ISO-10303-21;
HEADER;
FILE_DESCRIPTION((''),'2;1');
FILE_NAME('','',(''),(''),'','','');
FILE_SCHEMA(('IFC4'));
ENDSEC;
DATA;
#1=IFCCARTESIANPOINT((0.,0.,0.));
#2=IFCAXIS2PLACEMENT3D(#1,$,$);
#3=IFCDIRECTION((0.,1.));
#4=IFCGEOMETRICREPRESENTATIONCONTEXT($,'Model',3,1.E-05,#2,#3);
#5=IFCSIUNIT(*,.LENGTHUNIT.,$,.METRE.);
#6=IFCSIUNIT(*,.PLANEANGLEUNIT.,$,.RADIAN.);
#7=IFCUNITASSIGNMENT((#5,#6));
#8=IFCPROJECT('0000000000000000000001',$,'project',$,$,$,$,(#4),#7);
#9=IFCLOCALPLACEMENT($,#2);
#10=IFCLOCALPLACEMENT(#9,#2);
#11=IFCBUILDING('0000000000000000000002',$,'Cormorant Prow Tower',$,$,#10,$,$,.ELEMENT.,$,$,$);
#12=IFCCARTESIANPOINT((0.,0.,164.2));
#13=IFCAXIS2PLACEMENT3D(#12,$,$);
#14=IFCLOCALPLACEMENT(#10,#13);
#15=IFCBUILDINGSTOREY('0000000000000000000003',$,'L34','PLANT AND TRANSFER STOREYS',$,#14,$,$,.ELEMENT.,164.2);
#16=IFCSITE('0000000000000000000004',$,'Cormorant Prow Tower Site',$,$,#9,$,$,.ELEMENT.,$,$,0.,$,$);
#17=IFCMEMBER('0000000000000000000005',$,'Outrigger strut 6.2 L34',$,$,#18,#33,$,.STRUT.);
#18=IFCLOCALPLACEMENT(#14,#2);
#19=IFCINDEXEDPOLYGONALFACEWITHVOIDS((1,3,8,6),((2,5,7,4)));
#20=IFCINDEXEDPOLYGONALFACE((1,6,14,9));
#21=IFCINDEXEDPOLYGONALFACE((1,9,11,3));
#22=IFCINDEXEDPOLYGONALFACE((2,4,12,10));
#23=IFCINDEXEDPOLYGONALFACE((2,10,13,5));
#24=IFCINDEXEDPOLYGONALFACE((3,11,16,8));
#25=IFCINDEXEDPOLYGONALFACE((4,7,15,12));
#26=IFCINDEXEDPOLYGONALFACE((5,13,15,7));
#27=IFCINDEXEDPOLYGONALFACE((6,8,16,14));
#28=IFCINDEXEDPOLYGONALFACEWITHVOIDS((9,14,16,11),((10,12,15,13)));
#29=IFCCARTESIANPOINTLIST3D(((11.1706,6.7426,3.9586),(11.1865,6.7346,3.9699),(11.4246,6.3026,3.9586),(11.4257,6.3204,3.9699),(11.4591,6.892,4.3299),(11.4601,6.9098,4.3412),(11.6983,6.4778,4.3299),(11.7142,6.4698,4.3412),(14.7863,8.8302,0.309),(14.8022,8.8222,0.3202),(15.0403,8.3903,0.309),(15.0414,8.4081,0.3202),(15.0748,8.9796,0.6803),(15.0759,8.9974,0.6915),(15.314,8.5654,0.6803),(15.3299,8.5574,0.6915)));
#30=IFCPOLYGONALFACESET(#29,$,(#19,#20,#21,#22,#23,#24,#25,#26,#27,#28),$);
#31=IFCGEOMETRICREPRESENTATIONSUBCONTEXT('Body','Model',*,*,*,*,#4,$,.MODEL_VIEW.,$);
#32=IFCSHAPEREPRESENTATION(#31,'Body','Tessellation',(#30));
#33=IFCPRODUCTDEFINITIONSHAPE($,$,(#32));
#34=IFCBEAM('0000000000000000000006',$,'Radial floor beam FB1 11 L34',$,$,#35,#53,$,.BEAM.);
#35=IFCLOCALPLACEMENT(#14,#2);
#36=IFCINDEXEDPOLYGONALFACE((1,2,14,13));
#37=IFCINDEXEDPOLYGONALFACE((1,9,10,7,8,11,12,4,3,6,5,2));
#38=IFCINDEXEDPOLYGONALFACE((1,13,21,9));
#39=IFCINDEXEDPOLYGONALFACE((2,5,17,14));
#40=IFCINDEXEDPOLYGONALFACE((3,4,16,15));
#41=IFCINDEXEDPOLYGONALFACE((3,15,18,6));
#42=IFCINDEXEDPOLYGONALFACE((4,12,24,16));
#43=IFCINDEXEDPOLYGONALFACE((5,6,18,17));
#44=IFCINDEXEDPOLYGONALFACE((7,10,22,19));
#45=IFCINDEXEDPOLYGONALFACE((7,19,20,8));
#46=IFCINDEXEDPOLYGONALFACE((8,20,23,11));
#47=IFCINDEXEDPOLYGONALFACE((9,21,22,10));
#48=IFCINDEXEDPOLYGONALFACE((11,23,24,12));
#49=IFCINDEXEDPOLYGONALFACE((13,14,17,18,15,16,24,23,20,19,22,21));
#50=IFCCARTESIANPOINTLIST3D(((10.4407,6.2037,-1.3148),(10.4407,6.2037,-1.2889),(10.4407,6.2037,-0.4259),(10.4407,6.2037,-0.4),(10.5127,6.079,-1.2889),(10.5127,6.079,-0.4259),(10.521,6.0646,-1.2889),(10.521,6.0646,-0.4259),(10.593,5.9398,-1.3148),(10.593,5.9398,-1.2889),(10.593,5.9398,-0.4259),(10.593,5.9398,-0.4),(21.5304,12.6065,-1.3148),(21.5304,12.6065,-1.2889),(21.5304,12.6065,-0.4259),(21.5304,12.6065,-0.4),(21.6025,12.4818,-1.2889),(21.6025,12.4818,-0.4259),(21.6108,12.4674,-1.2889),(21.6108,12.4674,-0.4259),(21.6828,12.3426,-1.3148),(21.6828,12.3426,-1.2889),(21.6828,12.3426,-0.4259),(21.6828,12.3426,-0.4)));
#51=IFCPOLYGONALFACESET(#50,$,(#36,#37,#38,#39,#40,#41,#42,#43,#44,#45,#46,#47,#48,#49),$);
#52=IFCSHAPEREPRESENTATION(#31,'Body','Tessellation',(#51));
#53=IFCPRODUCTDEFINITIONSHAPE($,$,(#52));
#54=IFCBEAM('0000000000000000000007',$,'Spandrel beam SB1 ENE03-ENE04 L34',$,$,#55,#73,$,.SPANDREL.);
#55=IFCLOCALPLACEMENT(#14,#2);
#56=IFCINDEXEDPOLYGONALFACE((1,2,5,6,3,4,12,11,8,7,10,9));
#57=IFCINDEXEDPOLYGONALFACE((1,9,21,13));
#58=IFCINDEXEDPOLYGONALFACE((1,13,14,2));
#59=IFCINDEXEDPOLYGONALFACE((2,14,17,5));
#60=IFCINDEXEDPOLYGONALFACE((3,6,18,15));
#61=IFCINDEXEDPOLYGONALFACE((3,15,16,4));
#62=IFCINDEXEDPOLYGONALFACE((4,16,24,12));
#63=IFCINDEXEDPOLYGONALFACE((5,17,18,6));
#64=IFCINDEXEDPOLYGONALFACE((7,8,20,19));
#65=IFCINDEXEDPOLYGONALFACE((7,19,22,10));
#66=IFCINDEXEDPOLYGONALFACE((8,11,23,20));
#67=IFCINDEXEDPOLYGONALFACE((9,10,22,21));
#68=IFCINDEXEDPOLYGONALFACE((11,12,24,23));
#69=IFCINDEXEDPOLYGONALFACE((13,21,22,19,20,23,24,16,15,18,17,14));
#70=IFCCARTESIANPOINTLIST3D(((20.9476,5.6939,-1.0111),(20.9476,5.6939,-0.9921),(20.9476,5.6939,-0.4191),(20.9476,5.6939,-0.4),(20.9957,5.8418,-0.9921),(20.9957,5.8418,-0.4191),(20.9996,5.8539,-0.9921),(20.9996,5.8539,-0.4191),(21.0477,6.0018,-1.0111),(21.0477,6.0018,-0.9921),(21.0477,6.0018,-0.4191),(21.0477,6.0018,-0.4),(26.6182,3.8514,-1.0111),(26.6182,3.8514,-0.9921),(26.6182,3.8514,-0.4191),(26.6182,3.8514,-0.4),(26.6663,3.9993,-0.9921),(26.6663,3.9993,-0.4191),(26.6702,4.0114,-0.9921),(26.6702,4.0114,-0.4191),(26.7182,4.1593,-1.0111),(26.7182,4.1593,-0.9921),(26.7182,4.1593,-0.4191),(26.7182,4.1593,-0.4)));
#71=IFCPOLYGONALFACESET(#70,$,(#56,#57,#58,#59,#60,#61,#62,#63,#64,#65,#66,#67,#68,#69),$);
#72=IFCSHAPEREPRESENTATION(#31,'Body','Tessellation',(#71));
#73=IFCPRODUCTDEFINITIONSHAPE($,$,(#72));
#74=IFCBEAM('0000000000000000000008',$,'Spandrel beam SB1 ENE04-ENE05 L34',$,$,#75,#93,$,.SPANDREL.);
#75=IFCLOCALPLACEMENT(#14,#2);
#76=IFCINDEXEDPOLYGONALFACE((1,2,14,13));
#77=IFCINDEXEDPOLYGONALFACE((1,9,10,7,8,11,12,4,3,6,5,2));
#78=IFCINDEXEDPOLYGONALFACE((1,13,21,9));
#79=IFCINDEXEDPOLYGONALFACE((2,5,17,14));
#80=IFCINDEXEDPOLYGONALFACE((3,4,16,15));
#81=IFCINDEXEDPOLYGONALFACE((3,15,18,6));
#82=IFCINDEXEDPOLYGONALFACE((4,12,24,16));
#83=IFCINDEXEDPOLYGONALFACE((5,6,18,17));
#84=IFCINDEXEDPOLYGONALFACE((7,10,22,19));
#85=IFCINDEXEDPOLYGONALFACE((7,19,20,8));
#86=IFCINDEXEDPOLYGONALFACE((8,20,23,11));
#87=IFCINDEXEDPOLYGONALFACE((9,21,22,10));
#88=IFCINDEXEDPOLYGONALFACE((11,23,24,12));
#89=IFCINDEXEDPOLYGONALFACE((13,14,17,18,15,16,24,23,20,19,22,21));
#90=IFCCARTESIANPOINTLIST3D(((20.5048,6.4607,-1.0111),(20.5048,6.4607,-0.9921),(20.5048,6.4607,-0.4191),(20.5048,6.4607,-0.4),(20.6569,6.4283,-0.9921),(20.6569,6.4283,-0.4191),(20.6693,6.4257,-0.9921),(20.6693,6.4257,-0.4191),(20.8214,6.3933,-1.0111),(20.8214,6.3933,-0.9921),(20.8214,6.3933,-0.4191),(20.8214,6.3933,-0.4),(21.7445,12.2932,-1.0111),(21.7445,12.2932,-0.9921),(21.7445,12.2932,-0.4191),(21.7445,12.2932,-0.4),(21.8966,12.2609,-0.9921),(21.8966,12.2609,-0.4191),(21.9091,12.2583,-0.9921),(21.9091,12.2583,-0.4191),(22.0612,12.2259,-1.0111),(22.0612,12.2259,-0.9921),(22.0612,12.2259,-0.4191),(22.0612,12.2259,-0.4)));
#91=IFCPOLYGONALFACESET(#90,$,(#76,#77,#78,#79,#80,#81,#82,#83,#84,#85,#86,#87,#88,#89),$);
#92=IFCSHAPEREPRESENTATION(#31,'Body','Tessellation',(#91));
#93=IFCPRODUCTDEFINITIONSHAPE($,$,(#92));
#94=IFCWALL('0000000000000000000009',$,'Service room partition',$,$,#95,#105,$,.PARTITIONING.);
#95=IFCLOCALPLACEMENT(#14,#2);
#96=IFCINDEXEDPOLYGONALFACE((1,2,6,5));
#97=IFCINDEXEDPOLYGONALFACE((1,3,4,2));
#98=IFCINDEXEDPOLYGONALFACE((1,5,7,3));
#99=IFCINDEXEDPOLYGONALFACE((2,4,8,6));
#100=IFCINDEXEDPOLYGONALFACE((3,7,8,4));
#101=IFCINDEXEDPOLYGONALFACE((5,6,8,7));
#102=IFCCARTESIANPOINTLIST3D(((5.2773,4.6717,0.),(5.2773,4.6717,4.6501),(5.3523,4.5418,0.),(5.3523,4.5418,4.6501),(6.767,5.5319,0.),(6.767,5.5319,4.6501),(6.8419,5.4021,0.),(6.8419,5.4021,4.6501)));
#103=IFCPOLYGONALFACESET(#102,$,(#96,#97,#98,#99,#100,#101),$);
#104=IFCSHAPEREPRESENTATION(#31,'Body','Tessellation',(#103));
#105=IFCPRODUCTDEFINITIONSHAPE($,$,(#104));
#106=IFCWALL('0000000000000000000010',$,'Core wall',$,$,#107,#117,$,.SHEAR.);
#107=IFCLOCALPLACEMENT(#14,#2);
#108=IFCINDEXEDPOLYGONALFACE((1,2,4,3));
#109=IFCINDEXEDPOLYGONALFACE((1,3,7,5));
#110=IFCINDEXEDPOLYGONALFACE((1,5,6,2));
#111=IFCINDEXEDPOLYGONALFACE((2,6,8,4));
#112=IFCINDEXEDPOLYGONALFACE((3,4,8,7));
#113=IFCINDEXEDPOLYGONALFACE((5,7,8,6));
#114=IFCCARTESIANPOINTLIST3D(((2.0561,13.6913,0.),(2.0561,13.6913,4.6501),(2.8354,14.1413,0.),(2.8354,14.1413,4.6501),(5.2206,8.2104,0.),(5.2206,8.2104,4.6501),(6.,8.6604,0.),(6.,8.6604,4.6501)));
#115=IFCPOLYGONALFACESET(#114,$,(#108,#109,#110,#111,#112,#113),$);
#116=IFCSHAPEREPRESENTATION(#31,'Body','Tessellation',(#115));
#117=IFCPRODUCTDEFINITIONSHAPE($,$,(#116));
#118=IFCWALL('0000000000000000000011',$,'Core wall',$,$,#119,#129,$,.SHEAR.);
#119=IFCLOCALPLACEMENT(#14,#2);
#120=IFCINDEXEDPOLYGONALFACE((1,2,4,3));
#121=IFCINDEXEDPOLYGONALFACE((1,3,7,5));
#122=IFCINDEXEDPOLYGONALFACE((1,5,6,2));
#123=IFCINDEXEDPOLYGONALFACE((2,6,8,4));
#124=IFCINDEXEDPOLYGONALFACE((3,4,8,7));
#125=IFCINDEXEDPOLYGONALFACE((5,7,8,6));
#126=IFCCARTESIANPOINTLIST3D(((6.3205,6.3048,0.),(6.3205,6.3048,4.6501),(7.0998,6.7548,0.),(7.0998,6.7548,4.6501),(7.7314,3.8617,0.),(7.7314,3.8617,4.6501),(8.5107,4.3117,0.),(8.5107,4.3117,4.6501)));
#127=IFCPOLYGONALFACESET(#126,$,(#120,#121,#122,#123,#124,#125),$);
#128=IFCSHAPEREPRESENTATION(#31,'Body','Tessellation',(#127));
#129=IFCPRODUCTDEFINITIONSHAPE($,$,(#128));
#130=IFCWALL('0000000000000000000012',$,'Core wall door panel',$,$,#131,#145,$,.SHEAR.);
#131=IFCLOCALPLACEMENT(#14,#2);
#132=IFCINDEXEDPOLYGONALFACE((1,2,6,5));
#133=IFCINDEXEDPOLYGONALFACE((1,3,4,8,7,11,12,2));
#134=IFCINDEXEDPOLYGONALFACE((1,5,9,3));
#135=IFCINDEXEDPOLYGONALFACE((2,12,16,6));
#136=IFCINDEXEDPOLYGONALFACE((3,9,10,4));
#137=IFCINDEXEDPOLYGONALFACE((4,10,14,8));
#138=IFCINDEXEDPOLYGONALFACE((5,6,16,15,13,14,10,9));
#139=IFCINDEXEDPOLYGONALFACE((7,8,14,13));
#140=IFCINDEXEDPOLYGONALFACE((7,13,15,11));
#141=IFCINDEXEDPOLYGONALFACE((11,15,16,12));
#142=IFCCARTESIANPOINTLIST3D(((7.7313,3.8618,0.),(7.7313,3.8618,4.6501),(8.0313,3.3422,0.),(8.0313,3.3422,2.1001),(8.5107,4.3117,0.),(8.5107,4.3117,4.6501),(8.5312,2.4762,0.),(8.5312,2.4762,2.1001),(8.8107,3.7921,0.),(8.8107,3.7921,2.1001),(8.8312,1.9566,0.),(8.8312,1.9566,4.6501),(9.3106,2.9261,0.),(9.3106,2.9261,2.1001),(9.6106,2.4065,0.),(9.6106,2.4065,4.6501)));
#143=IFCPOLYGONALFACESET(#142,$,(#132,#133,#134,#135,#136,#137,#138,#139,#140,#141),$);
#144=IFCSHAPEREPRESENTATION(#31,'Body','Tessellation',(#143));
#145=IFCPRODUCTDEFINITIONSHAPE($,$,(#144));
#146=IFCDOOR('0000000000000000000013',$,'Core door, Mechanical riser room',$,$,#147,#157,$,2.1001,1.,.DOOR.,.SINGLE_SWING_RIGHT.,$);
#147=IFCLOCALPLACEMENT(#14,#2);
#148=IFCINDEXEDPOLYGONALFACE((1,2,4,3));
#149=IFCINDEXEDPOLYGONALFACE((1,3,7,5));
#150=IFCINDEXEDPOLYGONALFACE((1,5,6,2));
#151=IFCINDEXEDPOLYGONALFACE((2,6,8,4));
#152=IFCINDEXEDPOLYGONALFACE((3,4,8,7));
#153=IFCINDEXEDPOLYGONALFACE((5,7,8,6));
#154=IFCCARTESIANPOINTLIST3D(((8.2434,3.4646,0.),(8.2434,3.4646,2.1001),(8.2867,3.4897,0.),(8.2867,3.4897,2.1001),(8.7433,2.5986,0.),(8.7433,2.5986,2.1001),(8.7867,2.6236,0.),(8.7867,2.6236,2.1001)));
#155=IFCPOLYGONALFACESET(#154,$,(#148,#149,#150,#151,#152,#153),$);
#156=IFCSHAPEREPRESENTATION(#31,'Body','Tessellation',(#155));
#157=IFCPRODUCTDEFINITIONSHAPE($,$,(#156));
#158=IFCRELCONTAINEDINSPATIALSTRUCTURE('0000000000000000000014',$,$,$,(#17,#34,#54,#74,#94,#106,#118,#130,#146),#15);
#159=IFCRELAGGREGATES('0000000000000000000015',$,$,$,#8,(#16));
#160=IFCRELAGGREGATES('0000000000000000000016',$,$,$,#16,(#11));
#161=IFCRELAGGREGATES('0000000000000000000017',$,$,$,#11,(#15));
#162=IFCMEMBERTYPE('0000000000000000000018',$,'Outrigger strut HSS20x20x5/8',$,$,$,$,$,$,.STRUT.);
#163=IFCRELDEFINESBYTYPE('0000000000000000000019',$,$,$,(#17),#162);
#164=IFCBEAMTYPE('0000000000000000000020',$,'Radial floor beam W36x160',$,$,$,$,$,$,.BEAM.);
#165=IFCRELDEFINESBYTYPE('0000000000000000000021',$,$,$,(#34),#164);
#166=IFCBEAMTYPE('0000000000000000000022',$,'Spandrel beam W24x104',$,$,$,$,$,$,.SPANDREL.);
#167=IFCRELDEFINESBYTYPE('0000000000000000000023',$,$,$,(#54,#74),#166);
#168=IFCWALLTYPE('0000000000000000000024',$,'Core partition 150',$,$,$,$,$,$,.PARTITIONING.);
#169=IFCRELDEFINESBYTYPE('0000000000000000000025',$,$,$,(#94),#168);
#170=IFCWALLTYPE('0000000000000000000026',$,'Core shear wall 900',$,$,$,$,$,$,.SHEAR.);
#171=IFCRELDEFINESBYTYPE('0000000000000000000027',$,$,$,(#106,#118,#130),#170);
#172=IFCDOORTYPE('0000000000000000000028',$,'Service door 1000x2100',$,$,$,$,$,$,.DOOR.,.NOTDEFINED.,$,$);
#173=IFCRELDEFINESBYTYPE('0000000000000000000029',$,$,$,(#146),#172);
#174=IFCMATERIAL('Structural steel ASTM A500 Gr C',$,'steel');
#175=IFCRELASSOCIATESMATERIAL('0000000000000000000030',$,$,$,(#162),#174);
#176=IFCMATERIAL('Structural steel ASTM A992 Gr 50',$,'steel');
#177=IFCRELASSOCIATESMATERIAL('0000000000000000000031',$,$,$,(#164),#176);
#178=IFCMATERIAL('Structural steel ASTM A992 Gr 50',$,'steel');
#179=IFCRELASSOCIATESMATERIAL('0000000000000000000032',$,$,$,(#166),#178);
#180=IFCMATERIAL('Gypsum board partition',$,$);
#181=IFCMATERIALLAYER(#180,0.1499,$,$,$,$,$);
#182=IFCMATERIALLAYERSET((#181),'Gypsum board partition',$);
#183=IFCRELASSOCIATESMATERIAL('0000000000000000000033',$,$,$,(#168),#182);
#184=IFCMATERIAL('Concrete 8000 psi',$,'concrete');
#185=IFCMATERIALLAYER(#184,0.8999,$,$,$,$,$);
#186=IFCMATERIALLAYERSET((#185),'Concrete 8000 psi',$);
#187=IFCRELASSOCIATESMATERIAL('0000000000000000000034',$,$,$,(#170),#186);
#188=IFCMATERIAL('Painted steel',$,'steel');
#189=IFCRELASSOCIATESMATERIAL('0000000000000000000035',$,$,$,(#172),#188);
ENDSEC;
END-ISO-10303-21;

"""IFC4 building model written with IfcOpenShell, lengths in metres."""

from ifc_helpers import new_model, si_unit, direction, frame, frame_2d, origin, origin_2d, place, context, subcontext, project, spatial, rectangle, hollow_rectangle, i_section, extrude, material, layer, layer_set, material_profile, profile_set, type_object, element, fill, save


model = new_model("IFC4")

# Units and contexts
model_context = context("Model", 3, precision=1e-05, world=origin(), true_north=direction((0.0, 1.0)))
body_context = subcontext(model_context, "Body", "Model", "MODEL_VIEW")
ifc_project = project(units=[si_unit("LENGTHUNIT", "METRE"), si_unit("PLANEANGLEUNIT", "RADIAN")], contexts=[model_context])

# Site, building, storey
site_placement = place(None, origin())
site = spatial("IfcSite", under=ifc_project, at=site_placement, Name="Cormorant Prow Tower Site", CompositionType="ELEMENT", RefElevation=0.0)
building_placement = place(site_placement, origin())
building = spatial("IfcBuilding", under=site, at=building_placement, Name="Cormorant Prow Tower", CompositionType="ELEMENT")
storey_placement = place(building_placement, frame((0.0, 0.0, 164.2)))
storey = spatial("IfcBuildingStorey", under=building, at=storey_placement, Name="L34", Description="PLANT AND TRANSFER STOREYS", CompositionType="ELEMENT", Elevation=164.2)

# Member
ifc_material_1 = material(Name="Structural steel ASTM A500 Gr C", Category="steel")
ifc_material_profile_1 = material_profile(ifc_material_1, hollow_rectangle(XDim=0.5081, YDim=0.5081, WallThickness=0.0149, at=origin_2d()), Name="HSS20x20x5/8")
ifc_profile_set_1 = profile_set([ifc_material_profile_1], Name="Structural steel ASTM A500 Gr C")
member_type_1 = type_object("IfcMemberType", Name="Outrigger strut HSS20x20x5/8", PredefinedType="STRUT", material=ifc_profile_set_1)
member_1_placement = place(storey_placement, frame((11.4424, 6.6062, 4.1499), z_axis=(0.652019, 0.376463, -0.658139), x_axis=(-0.500019, 0.866014, 0.0)))
element("IfcMember", 1, at=member_1_placement, inside=storey, type_object=member_type_1, Name="Outrigger strut 6.2 L34", PredefinedType="STRUT", context=body_context, shape_type="SweptSolid", body=[
    extrude(hollow_rectangle(XDim=0.5081, YDim=0.5081, WallThickness=0.0149, at=origin_2d()), origin(), (0.0, 0.0, 1.0), 5.5454),
])

# Beams
ifc_material_2 = material(Name="Structural steel ASTM A992 Gr 50", Category="steel")
ifc_material_profile_2 = material_profile(ifc_material_2, i_section(OverallWidth=0.3047, OverallDepth=0.9148, WebThickness=0.0166, FlangeThickness=0.0259, at=origin_2d()), Name="W36x160")
ifc_profile_set_2 = profile_set([ifc_material_profile_2], Name="Structural steel ASTM A992 Gr 50")
beam_type_1 = type_object("IfcBeamType", Name="Radial floor beam W36x160", PredefinedType="BEAM", material=ifc_profile_set_2)
beam_1_placement = place(storey_placement, frame((10.5168, 6.0718, -0.8574), z_axis=(0.866022, 0.500006, 0.0), x_axis=(-0.500006, 0.866022, 0.0)))
element("IfcBeam", 2, at=beam_1_placement, inside=storey, type_object=beam_type_1, Name="Radial floor beam FB1 11 L34", PredefinedType="BEAM", context=body_context, shape_type="SweptSolid", body=[
    extrude(i_section(OverallWidth=0.3047, OverallDepth=0.9148, WebThickness=0.0166, FlangeThickness=0.0259, at=origin_2d()), origin(), (0.0, 0.0, 1.0), 12.8054),
])
ifc_material_3 = material(Name="Structural steel ASTM A992 Gr 50", Category="steel")
ifc_material_profile_3 = material_profile(ifc_material_3, i_section(OverallWidth=0.3237, OverallDepth=0.6111, WebThickness=0.0127, FlangeThickness=0.019, at=origin_2d()), Name="W24x104")
ifc_profile_set_3 = profile_set([ifc_material_profile_3], Name="Structural steel ASTM A992 Gr 50")
beam_type_2 = type_object("IfcBeamType", Name="Spandrel beam W24x104", PredefinedType="SPANDREL", material=ifc_profile_set_3)
beam_2_placement = place(storey_placement, frame((26.6682, 4.0054, -0.7056), z_axis=(-0.951055, 0.30902, 0.0), x_axis=(-0.30902, -0.951055, 0.0)))
element("IfcBeam", 3, at=beam_2_placement, inside=storey, type_object=beam_type_2, Name="Spandrel beam SB1 ENE03-ENE04 L34", PredefinedType="SPANDREL", context=body_context, shape_type="SweptSolid", body=[
    extrude(i_section(OverallWidth=0.3237, OverallDepth=0.6111, WebThickness=0.0127, FlangeThickness=0.019, at=origin_2d()), origin(), (0.0, 0.0, 1.0), 5.9624),
])
beam_3_placement = place(storey_placement, frame((20.6631, 6.427, -0.7056), z_axis=(0.207913, 0.978147, 0.0), x_axis=(-0.978147, 0.207913, 0.0)))
element("IfcBeam", 4, at=beam_3_placement, inside=storey, type_object=beam_type_2, Name="Spandrel beam SB1 ENE04-ENE05 L34", PredefinedType="SPANDREL", context=body_context, shape_type="SweptSolid", body=[
    extrude(i_section(OverallWidth=0.3237, OverallDepth=0.6111, WebThickness=0.0127, FlangeThickness=0.019, at=origin_2d()), origin(), (0.0, 0.0, 1.0), 5.9629),
])

# Walls
ifc_material_4 = material(Name="Gypsum board partition")
ifc_layer_1 = layer(ifc_material_4, 0.1499)
ifc_layer_set_1 = layer_set([ifc_layer_1], Name="Gypsum board partition")
wall_type_1 = type_object("IfcWallType", Name="Core partition 150", PredefinedType="PARTITIONING", material=ifc_layer_set_1)
wall_1_placement = place(storey_placement, frame((6.8044, 5.467, 0.0), z_axis=(0.0, 0.0, 1.0), x_axis=(-0.865963, -0.500107, 0.0)))
element("IfcWall", 5, at=wall_1_placement, inside=storey, type_object=wall_type_1, Name="Service room partition", PredefinedType="PARTITIONING", context=body_context, shape_type="SweptSolid", body=[
    extrude(rectangle(XDim=1.7202, YDim=0.1499, at=frame_2d((0.8601, 0.0))), origin(), (0.0, 0.0, 1.0), 4.6501),
])
ifc_material_5 = material(Name="Concrete 8000 psi", Category="concrete")
ifc_layer_2 = layer(ifc_material_5, 0.8999)
ifc_layer_set_2 = layer_set([ifc_layer_2], Name="Concrete 8000 psi")
wall_type_2 = type_object("IfcWallType", Name="Core shear wall 900", PredefinedType="SHEAR", material=ifc_layer_set_2)
wall_2_placement = place(storey_placement, frame((5.6104, 8.4353, 0.0), z_axis=(0.0, 0.0, 1.0), x_axis=(-0.500014, 0.866017, 0.0)))
element("IfcWall", 6, at=wall_2_placement, inside=storey, type_object=wall_type_2, Name="Core wall", PredefinedType="SHEAR", context=body_context, shape_type="SweptSolid", body=[
    extrude(rectangle(XDim=6.3289, YDim=0.8999, at=frame_2d((3.1646, 0.0))), origin(), (0.0, 0.0, 1.0), 4.6501),
])
wall_3_placement = place(storey_placement, frame((8.1211, 4.0867, 0.0), z_axis=(0.0, 0.0, 1.0), x_axis=(-0.500094, 0.865971, 0.0)))
element("IfcWall", 7, at=wall_3_placement, inside=storey, type_object=wall_type_2, Name="Core wall", PredefinedType="SHEAR", context=body_context, shape_type="SweptSolid", body=[
    extrude(rectangle(XDim=2.8213, YDim=0.8999, at=frame_2d((1.4106, 0.0))), origin(), (0.0, 0.0, 1.0), 4.6501),
])

# Wall, opening, door
wall_4_placement = place(storey_placement, frame((9.2209, 2.1814, 0.0), z_axis=(0.0, 0.0, 1.0), x_axis=(-0.499947, 0.866056, 0.0)))
wall_4 = element("IfcWall", 8, at=wall_4_placement, inside=storey, type_object=wall_type_2, Name="Core wall door panel", PredefinedType="SHEAR", context=body_context, shape_type="SweptSolid", body=[
    extrude(rectangle(XDim=2.2, YDim=0.8999, at=frame_2d((1.1001, 0.0))), origin(), (0.0, 0.0, 1.0), 4.6501),
])
opening_1_placement = place(wall_4_placement, frame((0.6001, 0.0, 0.0)))
opening_1 = element("IfcOpeningElement", 9, at=opening_1_placement, cuts=wall_4, PredefinedType="OPENING", context=body_context, shape_type="SweptSolid", body=[
    extrude(rectangle(XDim=1.0, YDim=2.1001, at=frame_2d((0.5, 1.05))), frame((0.0, 0.46, 0.0), z_axis=(0.0, -1.0, 0.0), x_axis=(1.0, 0.0, 0.0)), (0.0, 0.0, 1.0), 0.9199),
])
ifc_material_6 = material(Name="Painted steel", Category="steel")
door_type_1 = type_object("IfcDoorType", Name="Service door 1000x2100", OperationType="NOTDEFINED", PredefinedType="DOOR", material=ifc_material_6)
door_1_placement = place(opening_1_placement, origin())
door_1 = element("IfcDoor", 10, at=door_1_placement, inside=storey, type_object=door_type_1, Name="Core door, Mechanical riser room", OperationType="SINGLE_SWING_RIGHT", OverallHeight=2.1001, OverallWidth=1.0, PredefinedType="DOOR", context=body_context, shape_type="SweptSolid", body=[
    extrude(rectangle(XDim=1.0, YDim=2.1001, at=frame_2d((0.5, 1.05))), frame((0.0, 0.2051, 0.0), z_axis=(0.0, -1.0, 0.0), x_axis=(1.0, 0.0, 0.0)), (0.0, 0.0, 1.0), 0.05),
])
fill(opening_1, door_1)

save(model, "model.ifc")
